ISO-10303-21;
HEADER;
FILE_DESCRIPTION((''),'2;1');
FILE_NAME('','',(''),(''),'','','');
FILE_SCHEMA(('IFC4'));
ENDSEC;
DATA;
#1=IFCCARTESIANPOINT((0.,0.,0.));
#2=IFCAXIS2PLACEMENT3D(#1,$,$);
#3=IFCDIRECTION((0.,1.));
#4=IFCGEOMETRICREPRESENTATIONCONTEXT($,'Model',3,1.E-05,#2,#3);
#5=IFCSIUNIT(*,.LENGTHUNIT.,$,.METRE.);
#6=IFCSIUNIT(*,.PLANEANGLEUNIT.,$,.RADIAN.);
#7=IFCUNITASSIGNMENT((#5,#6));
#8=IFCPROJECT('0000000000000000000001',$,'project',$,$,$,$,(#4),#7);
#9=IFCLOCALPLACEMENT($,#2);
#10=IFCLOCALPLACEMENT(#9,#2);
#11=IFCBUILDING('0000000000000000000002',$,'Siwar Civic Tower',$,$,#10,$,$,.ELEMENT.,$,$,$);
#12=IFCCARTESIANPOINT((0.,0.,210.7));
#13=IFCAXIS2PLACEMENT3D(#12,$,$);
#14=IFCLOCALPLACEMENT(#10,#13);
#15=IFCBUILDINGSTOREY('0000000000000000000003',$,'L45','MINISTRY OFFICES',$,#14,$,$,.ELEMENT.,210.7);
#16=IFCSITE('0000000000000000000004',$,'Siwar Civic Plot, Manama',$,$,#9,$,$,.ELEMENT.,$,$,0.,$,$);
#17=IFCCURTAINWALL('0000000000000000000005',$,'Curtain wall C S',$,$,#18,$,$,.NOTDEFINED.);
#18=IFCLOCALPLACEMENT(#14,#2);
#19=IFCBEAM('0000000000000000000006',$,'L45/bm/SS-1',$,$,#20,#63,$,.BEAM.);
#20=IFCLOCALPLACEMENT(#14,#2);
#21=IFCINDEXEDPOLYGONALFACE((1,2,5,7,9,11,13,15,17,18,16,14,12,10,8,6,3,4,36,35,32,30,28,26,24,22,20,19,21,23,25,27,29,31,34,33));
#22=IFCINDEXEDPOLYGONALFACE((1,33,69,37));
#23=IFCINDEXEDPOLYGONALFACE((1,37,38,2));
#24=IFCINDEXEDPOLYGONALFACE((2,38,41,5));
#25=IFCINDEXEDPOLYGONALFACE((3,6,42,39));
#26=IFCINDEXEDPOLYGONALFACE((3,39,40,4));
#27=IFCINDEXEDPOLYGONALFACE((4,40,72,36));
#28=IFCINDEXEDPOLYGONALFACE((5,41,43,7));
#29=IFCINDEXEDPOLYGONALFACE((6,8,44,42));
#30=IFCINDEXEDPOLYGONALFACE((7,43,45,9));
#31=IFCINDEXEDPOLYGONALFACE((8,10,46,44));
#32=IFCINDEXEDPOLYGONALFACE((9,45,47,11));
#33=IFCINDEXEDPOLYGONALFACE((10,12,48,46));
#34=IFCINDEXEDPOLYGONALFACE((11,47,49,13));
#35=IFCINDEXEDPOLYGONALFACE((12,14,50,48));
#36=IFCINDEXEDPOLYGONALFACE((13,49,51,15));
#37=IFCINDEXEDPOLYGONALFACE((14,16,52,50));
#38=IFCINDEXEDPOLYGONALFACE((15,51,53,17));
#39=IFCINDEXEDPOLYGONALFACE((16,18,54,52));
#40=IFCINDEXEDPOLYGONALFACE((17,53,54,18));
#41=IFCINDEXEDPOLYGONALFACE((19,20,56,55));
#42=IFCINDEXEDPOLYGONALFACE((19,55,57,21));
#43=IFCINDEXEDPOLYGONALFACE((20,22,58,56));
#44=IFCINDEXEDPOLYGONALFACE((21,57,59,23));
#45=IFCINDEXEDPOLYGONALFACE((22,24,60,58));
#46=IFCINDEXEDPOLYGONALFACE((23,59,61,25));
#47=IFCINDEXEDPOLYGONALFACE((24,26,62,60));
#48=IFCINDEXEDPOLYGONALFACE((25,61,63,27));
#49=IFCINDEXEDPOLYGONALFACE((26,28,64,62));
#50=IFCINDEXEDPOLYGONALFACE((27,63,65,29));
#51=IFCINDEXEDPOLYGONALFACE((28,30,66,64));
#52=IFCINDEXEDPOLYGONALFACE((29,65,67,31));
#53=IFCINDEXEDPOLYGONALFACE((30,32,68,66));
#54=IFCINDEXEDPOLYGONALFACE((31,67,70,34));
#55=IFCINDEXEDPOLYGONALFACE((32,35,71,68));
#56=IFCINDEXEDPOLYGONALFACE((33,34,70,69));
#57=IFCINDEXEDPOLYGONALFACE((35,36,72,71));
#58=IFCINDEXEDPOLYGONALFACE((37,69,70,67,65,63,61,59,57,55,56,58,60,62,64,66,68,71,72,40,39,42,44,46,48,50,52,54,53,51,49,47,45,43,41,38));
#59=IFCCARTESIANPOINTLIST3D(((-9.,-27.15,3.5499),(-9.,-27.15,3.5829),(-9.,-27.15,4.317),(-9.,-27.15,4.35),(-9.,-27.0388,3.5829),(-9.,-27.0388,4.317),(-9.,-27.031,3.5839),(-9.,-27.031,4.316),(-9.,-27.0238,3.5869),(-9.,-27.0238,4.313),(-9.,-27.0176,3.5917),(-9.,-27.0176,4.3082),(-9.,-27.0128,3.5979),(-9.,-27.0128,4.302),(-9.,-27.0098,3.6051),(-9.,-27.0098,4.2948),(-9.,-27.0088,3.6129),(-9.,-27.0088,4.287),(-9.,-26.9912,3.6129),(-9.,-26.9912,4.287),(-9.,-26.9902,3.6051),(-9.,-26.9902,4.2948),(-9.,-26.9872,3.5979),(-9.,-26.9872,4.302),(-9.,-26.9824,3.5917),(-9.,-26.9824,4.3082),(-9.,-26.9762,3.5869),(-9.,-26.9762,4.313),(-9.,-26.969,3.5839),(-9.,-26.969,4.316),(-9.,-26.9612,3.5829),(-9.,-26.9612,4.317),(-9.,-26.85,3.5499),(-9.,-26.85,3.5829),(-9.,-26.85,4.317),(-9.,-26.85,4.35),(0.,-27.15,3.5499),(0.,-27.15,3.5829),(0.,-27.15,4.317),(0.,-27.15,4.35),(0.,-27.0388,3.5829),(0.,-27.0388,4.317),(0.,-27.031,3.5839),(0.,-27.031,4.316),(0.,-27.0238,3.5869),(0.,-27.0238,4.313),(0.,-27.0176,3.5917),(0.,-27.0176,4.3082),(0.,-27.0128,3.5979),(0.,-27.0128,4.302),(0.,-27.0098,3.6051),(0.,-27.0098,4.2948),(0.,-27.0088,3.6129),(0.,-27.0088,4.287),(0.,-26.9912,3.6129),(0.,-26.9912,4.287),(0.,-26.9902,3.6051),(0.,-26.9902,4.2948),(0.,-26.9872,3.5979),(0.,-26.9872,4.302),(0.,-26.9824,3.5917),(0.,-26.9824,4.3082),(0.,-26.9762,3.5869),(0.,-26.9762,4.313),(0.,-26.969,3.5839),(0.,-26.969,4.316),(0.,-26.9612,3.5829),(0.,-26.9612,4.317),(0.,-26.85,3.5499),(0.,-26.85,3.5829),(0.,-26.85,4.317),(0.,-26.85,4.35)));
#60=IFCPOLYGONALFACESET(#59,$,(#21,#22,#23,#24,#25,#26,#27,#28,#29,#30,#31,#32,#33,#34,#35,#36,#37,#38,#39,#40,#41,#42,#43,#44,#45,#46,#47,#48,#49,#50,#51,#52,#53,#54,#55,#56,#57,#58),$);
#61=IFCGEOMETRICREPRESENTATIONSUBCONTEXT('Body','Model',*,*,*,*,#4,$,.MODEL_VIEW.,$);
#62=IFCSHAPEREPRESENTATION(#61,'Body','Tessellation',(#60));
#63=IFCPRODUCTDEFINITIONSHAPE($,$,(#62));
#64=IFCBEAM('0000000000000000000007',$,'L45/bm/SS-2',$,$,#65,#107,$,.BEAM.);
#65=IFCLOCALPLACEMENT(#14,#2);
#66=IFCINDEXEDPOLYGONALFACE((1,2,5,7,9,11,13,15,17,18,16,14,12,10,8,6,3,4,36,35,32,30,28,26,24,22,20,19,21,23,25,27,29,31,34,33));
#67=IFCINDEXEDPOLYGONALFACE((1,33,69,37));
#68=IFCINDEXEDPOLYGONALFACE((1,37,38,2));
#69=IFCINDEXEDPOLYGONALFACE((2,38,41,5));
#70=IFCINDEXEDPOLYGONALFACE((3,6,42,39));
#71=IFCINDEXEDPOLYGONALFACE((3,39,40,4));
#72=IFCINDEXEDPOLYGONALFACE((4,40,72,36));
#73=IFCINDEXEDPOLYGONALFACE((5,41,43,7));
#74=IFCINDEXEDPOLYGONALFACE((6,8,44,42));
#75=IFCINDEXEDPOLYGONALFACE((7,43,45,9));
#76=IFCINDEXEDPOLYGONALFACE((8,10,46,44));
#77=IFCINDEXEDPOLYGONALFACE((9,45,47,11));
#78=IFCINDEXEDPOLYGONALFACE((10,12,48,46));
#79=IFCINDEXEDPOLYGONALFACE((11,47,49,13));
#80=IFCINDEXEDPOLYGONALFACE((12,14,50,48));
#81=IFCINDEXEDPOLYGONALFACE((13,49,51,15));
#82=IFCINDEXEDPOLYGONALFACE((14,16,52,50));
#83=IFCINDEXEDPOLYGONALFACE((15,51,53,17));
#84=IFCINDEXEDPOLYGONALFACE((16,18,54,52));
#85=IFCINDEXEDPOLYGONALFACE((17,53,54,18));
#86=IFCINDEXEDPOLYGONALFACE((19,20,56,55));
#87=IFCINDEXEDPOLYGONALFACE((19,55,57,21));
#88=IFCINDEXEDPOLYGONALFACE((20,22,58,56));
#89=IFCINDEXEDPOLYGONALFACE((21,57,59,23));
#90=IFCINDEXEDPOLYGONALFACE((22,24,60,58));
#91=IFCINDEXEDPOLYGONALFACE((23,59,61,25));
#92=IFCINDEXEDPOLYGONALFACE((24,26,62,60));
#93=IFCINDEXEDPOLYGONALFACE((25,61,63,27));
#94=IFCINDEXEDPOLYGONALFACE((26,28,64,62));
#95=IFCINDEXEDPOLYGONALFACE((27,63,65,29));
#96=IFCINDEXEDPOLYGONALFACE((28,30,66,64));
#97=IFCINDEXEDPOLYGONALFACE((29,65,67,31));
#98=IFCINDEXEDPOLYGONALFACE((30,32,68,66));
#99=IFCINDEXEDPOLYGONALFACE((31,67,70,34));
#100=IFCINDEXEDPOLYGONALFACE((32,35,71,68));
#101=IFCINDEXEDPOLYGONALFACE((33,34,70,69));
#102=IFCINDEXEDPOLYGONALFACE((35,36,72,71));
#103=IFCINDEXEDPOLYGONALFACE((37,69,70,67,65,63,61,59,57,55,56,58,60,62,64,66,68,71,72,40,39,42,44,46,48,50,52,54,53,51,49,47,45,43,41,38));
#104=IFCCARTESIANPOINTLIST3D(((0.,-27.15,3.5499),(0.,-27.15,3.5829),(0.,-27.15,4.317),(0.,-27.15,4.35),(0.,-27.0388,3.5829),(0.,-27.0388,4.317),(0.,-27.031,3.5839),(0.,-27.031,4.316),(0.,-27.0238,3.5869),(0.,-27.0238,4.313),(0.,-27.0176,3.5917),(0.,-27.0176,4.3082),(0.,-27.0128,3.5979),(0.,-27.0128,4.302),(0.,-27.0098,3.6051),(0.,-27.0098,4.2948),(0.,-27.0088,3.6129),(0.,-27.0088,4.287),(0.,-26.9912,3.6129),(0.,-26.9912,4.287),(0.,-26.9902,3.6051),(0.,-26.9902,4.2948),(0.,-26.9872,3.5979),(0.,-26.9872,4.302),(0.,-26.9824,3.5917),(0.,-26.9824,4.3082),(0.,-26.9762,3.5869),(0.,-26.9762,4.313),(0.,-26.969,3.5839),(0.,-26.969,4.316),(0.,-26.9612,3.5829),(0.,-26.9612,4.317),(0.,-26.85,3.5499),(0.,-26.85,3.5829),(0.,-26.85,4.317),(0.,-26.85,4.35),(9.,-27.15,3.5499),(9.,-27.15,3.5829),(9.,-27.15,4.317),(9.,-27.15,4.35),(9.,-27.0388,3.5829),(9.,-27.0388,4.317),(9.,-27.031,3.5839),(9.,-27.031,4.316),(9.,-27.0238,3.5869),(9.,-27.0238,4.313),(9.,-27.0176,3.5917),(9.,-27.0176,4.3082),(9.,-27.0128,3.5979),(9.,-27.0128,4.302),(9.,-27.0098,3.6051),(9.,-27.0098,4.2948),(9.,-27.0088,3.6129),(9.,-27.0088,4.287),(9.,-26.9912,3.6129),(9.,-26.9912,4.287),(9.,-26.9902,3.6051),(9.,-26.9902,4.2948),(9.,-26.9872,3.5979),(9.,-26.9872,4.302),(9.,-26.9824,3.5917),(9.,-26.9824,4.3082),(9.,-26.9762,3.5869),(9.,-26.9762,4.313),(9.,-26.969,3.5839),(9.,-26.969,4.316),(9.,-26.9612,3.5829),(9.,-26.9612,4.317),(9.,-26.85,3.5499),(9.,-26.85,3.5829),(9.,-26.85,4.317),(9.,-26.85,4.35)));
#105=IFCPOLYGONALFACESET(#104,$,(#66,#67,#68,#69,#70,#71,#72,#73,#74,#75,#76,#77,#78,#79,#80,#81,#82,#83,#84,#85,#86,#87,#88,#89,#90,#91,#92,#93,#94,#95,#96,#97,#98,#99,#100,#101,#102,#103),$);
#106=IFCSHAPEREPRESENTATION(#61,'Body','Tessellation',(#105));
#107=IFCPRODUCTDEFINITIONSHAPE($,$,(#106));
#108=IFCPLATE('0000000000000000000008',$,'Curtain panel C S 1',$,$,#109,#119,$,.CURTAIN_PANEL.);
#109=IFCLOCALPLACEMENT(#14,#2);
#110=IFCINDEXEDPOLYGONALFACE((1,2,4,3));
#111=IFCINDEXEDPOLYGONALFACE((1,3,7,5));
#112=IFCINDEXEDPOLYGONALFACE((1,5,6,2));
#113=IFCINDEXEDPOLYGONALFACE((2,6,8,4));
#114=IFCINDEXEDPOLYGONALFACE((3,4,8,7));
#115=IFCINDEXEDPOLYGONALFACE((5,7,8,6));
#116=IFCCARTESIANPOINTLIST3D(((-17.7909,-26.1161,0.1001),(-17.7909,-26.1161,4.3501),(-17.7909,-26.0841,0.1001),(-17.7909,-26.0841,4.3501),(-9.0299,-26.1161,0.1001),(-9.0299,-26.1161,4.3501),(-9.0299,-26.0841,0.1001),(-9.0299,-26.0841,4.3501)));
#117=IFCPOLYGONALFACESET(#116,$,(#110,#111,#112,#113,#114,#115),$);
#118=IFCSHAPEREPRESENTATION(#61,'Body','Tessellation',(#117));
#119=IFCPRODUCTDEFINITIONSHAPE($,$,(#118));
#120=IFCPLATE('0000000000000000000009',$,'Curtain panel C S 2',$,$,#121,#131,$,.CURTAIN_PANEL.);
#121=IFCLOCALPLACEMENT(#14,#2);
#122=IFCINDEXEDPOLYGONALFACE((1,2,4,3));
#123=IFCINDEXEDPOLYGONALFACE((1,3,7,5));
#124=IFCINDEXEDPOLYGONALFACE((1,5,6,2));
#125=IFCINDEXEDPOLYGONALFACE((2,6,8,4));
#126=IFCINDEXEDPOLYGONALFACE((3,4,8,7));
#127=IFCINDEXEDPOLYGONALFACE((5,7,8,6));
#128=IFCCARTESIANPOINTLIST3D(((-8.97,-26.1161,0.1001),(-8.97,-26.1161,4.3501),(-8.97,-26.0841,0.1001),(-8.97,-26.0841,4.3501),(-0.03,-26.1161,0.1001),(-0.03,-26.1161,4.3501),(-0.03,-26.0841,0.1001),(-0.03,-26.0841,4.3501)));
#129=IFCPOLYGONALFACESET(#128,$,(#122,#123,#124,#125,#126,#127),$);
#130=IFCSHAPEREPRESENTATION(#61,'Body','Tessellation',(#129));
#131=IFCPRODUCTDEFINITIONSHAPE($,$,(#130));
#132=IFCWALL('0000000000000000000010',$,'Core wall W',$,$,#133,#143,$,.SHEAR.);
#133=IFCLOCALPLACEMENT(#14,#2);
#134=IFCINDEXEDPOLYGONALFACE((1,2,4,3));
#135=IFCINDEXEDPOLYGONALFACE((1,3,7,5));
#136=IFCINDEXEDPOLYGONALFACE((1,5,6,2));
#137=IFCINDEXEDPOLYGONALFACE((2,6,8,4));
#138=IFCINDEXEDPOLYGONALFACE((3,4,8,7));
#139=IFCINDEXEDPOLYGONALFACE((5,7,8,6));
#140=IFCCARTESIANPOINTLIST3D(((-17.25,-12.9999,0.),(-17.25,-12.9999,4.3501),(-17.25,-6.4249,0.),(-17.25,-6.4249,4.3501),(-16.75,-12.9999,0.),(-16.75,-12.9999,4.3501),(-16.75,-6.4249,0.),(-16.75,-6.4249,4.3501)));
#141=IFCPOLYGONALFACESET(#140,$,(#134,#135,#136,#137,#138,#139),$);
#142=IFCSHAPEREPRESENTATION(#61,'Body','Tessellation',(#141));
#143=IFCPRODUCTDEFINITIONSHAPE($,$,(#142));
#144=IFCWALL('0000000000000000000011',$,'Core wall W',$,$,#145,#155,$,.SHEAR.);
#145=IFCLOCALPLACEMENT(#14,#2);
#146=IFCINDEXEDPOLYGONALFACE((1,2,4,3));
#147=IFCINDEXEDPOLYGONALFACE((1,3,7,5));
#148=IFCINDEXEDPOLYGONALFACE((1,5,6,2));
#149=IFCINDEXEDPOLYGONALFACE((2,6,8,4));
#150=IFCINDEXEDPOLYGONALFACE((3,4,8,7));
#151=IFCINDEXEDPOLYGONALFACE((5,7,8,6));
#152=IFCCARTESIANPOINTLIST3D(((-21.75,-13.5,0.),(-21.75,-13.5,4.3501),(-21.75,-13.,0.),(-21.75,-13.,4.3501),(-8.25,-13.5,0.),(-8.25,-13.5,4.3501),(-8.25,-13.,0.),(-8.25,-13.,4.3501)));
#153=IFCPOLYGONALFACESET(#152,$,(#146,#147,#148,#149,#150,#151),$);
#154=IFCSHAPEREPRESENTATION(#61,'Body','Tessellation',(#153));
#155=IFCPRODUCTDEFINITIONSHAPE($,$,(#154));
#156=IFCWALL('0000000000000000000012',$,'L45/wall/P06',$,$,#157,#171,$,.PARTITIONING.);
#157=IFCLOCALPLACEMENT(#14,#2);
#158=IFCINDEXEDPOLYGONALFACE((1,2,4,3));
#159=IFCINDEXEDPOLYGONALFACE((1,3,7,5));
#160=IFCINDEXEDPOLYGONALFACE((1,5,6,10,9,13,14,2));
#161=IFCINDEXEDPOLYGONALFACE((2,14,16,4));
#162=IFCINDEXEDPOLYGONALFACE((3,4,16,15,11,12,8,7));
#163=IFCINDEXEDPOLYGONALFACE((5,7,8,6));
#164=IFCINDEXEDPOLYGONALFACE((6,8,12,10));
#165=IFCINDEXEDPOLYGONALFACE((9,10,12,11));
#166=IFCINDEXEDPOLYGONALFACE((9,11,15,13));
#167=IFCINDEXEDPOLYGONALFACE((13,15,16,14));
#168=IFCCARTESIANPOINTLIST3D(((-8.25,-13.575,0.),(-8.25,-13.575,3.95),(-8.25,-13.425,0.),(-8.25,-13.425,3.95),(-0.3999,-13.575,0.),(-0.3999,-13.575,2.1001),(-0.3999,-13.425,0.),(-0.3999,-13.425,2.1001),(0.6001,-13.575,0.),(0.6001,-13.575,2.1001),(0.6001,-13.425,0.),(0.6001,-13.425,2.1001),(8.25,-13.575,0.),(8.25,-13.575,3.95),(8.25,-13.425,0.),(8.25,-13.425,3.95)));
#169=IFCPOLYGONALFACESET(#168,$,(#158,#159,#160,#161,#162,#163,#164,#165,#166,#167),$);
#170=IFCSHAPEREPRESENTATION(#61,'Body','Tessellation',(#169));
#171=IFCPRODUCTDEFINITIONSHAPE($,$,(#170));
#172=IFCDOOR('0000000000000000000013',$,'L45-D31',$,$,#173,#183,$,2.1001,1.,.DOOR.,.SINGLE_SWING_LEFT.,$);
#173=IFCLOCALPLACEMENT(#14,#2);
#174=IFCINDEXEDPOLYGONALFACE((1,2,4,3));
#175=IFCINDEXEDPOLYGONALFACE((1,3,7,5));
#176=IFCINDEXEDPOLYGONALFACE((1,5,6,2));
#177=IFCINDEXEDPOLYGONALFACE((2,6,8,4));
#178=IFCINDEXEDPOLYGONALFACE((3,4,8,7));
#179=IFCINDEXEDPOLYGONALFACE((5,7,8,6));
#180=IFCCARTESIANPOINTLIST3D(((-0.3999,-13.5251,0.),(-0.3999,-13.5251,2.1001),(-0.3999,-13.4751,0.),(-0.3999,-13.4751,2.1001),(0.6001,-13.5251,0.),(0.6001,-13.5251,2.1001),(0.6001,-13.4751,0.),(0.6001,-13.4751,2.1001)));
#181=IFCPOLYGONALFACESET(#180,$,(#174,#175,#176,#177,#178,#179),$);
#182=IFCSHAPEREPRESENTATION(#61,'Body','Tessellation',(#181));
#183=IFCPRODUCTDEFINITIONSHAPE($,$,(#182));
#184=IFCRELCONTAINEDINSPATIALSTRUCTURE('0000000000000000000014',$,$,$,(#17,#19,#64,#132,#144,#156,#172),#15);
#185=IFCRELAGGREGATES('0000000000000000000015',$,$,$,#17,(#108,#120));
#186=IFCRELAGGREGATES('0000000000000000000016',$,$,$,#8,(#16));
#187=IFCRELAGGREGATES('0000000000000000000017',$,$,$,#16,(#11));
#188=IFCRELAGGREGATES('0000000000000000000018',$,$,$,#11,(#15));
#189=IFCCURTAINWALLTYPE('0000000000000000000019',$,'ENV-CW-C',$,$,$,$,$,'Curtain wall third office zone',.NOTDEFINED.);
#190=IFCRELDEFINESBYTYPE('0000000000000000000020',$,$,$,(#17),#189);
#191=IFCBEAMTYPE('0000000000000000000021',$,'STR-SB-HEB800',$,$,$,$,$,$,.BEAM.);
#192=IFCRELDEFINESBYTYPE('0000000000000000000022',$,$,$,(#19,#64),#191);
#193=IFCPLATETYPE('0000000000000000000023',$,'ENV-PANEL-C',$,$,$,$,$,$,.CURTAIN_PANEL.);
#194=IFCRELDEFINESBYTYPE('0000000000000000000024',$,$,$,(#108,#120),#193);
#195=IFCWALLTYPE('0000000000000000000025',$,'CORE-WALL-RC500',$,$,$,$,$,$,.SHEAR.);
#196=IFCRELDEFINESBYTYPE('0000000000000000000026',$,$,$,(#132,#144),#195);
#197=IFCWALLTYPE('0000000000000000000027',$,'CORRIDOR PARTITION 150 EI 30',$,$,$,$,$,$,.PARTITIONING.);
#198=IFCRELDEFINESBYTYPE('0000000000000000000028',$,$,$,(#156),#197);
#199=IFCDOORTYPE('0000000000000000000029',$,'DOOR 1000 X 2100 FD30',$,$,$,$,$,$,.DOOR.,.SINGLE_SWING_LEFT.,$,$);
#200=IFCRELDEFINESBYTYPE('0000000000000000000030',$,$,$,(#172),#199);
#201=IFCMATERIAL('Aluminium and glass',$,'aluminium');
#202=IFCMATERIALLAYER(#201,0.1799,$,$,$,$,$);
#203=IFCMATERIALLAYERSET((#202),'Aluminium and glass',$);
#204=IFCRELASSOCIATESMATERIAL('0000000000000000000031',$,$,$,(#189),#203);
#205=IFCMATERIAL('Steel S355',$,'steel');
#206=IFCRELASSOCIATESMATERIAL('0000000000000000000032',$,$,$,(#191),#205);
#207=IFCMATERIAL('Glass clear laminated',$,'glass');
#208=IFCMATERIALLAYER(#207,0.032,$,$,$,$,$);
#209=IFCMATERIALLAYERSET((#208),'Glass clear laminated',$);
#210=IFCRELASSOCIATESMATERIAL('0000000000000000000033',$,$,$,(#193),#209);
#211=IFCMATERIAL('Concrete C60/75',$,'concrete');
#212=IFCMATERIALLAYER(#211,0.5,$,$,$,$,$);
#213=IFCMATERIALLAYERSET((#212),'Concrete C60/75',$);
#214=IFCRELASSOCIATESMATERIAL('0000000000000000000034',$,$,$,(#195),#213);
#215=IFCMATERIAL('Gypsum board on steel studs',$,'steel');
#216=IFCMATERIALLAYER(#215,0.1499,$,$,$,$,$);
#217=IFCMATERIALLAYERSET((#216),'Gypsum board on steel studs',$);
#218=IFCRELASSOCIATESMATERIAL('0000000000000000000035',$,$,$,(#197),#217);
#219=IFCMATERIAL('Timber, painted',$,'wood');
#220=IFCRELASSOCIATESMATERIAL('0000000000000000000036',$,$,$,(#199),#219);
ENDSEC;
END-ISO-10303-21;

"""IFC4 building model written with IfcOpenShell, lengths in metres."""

from ifc_helpers import new_model, si_unit, direction, frame, frame_2d, origin, origin_2d, place, context, subcontext, project, spatial, rectangle, i_section, extrude, material, layer, layer_set, material_profile, profile_set, type_object, element, fill, aggregate, save


model = new_model("IFC4")

# Units and contexts
model_context = context("Model", 3, precision=1e-05, world=origin(), true_north=direction((0.0, 1.0)))
body_context = subcontext(model_context, "Body", "Model", "MODEL_VIEW")
ifc_project = project(units=[si_unit("LENGTHUNIT", "METRE"), si_unit("PLANEANGLEUNIT", "RADIAN")], contexts=[model_context])

# Site, building, storey
site_placement = place(None, origin())
site = spatial("IfcSite", under=ifc_project, at=site_placement, Name="Siwar Civic Plot, Manama", CompositionType="ELEMENT", RefElevation=0.0)
building_placement = place(site_placement, origin())
building = spatial("IfcBuilding", under=site, at=building_placement, Name="Siwar Civic Tower", CompositionType="ELEMENT")
storey_placement = place(building_placement, frame((0.0, 0.0, 210.7)))
storey = spatial("IfcBuildingStorey", under=building, at=storey_placement, Name="L45", Description="MINISTRY OFFICES", CompositionType="ELEMENT", Elevation=210.7)

# Curtain wall
ifc_material_1 = material(Name="Aluminium and glass", Category="aluminium")
ifc_layer_1 = layer(ifc_material_1, 0.1799)
ifc_layer_set_1 = layer_set([ifc_layer_1], Name="Aluminium and glass")
curtain_wall_type = type_object("IfcCurtainWallType", Name="ENV-CW-C", ElementType="Curtain wall third office zone", PredefinedType="NOTDEFINED", material=ifc_layer_set_1)
curtain_wall_placement = place(storey_placement, origin())
curtain_wall = element("IfcCurtainWall", 1, at=curtain_wall_placement, inside=storey, type_object=curtain_wall_type, Name="Curtain wall C S", PredefinedType="NOTDEFINED")

# Beams
ifc_material_2 = material(Name="Steel S355", Category="steel")
ifc_material_profile_1 = material_profile(ifc_material_2, i_section(OverallWidth=0.3, OverallDepth=0.8, WebThickness=0.0176, FlangeThickness=0.033, FilletRadius=0.03, at=origin_2d()), Name="HEB800")
ifc_profile_set_1 = profile_set([ifc_material_profile_1], Name="Steel S355")
beam_type_1 = type_object("IfcBeamType", Name="STR-SB-HEB800", PredefinedType="BEAM", material=ifc_profile_set_1)
for number, where, z_axis, x_axis, name in (
    (2, (-9.0, -27.0, 3.95), (1.0, 0.0, 0.0), (0.0, 1.0, 0.0), "L45/bm/SS-1"),
    (3, (0.0, -27.0, 3.95), (1.0, 0.0, 0.0), (0.0, 1.0, 0.0), "L45/bm/SS-2"),
):
    element("IfcBeam", number, at=place(storey_placement, frame(where, z_axis=z_axis, x_axis=x_axis)), inside=storey, type_object=beam_type_1, Name=name, PredefinedType="BEAM", context=body_context, shape_type="SweptSolid", body=[
        extrude(i_section(OverallWidth=0.3, OverallDepth=0.8, WebThickness=0.0176, FlangeThickness=0.033, FilletRadius=0.03, at=origin_2d()), origin(), (0.0, 0.0, 1.0), 9.0),
    ])

# Plates
ifc_material_3 = material(Name="Glass clear laminated", Category="glass")
ifc_layer_2 = layer(ifc_material_3, 0.032)
ifc_layer_set_2 = layer_set([ifc_layer_2], Name="Glass clear laminated")
plate_type = type_object("IfcPlateType", Name="ENV-PANEL-C", PredefinedType="CURTAIN_PANEL", material=ifc_layer_set_2)
plate_1_placement = place(storey_placement, frame((-13.4104, -26.1001, 0.1001), z_axis=(0.0, 0.0, 1.0), x_axis=(1.0, 0.0, 0.0)))
plate_1 = element("IfcPlate", 4, at=plate_1_placement, type_object=plate_type, Name="Curtain panel C S 1", PredefinedType="CURTAIN_PANEL", context=body_context, shape_type="SweptSolid", body=[
    extrude(rectangle(XDim=8.761, YDim=0.032, at=origin_2d()), origin(), (0.0, 0.0, 1.0), 4.25),
])
plate_2_placement = place(storey_placement, frame((-4.5, -26.1001, 0.1001), z_axis=(0.0, 0.0, 1.0), x_axis=(1.0, 0.0, 0.0)))
plate_2 = element("IfcPlate", 5, at=plate_2_placement, type_object=plate_type, Name="Curtain panel C S 2", PredefinedType="CURTAIN_PANEL", context=body_context, shape_type="SweptSolid", body=[
    extrude(rectangle(XDim=8.9399, YDim=0.032, at=origin_2d()), origin(), (0.0, 0.0, 1.0), 4.25),
])
aggregate(curtain_wall, [plate_1, plate_2])

# Walls
ifc_material_4 = material(Name="Concrete C60/75", Category="concrete")
ifc_layer_3 = layer(ifc_material_4, 0.5)
ifc_layer_set_3 = layer_set([ifc_layer_3], Name="Concrete C60/75")
wall_type_1 = type_object("IfcWallType", Name="CORE-WALL-RC500", PredefinedType="SHEAR", material=ifc_layer_set_3)
wall_1_placement = place(storey_placement, frame((-17.0, -13.0, 0.0), z_axis=(0.0, 0.0, 1.0), x_axis=(0.0, 1.0, 0.0)))
element("IfcWall", 6, at=wall_1_placement, inside=storey, type_object=wall_type_1, Name="Core wall W", PredefinedType="SHEAR", context=body_context, shape_type="SweptSolid", body=[
    extrude(rectangle(XDim=6.575, YDim=0.5, at=frame_2d((3.2876, 0.0))), origin(), (0.0, 0.0, 1.0), 4.3501),
])
wall_2_placement = place(storey_placement, frame((-8.25, -13.25, 0.0), z_axis=(0.0, 0.0, 1.0), x_axis=(-1.0, 0.0, 0.0)))
element("IfcWall", 7, at=wall_2_placement, inside=storey, type_object=wall_type_1, Name="Core wall W", PredefinedType="SHEAR", context=body_context, shape_type="SweptSolid", body=[
    extrude(rectangle(XDim=13.5, YDim=0.5, at=frame_2d((6.75, 0.0))), origin(), (0.0, 0.0, 1.0), 4.3501),
])

# Wall, opening, door
ifc_material_5 = material(Name="Gypsum board on steel studs", Category="steel")
ifc_layer_4 = layer(ifc_material_5, 0.1499)
ifc_layer_set_4 = layer_set([ifc_layer_4], Name="Gypsum board on steel studs")
wall_type_2 = type_object("IfcWallType", Name="CORRIDOR PARTITION 150 EI 30", PredefinedType="PARTITIONING", material=ifc_layer_set_4)
wall_3_placement = place(storey_placement, frame((-8.25, -13.5, 0.0), z_axis=(0.0, 0.0, 1.0), x_axis=(1.0, 0.0, 0.0)))
wall_3 = element("IfcWall", 8, at=wall_3_placement, inside=storey, type_object=wall_type_2, Name="L45/wall/P06", PredefinedType="PARTITIONING", context=body_context, shape_type="SweptSolid", body=[
    extrude(rectangle(XDim=16.5, YDim=0.1499, at=frame_2d((8.25, 0.0))), origin(), (0.0, 0.0, 1.0), 3.95),
])
opening_placement = place(wall_3_placement, frame((7.8501, 0.0, 0.0)))
opening = element("IfcOpeningElement", 9, at=opening_placement, cuts=wall_3, PredefinedType="OPENING", context=body_context, shape_type="SweptSolid", body=[
    extrude(rectangle(XDim=1.0, YDim=2.1001, at=frame_2d((0.5, 1.05))), frame((0.0, 0.085, 0.0), z_axis=(0.0, -1.0, 0.0), x_axis=(1.0, 0.0, 0.0)), (0.0, 0.0, 1.0), 0.1699),
])
ifc_material_6 = material(Name="Timber, painted", Category="wood")
door_type = type_object("IfcDoorType", Name="DOOR 1000 X 2100 FD30", OperationType="SINGLE_SWING_LEFT", PredefinedType="DOOR", material=ifc_material_6)
door_placement = place(opening_placement, origin())
door = element("IfcDoor", 10, at=door_placement, inside=storey, type_object=door_type, Name="L45-D31", OperationType="SINGLE_SWING_LEFT", OverallHeight=2.1001, OverallWidth=1.0, PredefinedType="DOOR", context=body_context, shape_type="SweptSolid", body=[
    extrude(rectangle(XDim=1.0, YDim=2.1001, at=frame_2d((0.5, 1.05))), frame((0.0, 0.0249, 0.0), z_axis=(0.0, -1.0, 0.0), x_axis=(1.0, 0.0, 0.0)), (0.0, 0.0, 1.0), 0.05),
])
fill(opening, door)

save(model, "model.ifc")
